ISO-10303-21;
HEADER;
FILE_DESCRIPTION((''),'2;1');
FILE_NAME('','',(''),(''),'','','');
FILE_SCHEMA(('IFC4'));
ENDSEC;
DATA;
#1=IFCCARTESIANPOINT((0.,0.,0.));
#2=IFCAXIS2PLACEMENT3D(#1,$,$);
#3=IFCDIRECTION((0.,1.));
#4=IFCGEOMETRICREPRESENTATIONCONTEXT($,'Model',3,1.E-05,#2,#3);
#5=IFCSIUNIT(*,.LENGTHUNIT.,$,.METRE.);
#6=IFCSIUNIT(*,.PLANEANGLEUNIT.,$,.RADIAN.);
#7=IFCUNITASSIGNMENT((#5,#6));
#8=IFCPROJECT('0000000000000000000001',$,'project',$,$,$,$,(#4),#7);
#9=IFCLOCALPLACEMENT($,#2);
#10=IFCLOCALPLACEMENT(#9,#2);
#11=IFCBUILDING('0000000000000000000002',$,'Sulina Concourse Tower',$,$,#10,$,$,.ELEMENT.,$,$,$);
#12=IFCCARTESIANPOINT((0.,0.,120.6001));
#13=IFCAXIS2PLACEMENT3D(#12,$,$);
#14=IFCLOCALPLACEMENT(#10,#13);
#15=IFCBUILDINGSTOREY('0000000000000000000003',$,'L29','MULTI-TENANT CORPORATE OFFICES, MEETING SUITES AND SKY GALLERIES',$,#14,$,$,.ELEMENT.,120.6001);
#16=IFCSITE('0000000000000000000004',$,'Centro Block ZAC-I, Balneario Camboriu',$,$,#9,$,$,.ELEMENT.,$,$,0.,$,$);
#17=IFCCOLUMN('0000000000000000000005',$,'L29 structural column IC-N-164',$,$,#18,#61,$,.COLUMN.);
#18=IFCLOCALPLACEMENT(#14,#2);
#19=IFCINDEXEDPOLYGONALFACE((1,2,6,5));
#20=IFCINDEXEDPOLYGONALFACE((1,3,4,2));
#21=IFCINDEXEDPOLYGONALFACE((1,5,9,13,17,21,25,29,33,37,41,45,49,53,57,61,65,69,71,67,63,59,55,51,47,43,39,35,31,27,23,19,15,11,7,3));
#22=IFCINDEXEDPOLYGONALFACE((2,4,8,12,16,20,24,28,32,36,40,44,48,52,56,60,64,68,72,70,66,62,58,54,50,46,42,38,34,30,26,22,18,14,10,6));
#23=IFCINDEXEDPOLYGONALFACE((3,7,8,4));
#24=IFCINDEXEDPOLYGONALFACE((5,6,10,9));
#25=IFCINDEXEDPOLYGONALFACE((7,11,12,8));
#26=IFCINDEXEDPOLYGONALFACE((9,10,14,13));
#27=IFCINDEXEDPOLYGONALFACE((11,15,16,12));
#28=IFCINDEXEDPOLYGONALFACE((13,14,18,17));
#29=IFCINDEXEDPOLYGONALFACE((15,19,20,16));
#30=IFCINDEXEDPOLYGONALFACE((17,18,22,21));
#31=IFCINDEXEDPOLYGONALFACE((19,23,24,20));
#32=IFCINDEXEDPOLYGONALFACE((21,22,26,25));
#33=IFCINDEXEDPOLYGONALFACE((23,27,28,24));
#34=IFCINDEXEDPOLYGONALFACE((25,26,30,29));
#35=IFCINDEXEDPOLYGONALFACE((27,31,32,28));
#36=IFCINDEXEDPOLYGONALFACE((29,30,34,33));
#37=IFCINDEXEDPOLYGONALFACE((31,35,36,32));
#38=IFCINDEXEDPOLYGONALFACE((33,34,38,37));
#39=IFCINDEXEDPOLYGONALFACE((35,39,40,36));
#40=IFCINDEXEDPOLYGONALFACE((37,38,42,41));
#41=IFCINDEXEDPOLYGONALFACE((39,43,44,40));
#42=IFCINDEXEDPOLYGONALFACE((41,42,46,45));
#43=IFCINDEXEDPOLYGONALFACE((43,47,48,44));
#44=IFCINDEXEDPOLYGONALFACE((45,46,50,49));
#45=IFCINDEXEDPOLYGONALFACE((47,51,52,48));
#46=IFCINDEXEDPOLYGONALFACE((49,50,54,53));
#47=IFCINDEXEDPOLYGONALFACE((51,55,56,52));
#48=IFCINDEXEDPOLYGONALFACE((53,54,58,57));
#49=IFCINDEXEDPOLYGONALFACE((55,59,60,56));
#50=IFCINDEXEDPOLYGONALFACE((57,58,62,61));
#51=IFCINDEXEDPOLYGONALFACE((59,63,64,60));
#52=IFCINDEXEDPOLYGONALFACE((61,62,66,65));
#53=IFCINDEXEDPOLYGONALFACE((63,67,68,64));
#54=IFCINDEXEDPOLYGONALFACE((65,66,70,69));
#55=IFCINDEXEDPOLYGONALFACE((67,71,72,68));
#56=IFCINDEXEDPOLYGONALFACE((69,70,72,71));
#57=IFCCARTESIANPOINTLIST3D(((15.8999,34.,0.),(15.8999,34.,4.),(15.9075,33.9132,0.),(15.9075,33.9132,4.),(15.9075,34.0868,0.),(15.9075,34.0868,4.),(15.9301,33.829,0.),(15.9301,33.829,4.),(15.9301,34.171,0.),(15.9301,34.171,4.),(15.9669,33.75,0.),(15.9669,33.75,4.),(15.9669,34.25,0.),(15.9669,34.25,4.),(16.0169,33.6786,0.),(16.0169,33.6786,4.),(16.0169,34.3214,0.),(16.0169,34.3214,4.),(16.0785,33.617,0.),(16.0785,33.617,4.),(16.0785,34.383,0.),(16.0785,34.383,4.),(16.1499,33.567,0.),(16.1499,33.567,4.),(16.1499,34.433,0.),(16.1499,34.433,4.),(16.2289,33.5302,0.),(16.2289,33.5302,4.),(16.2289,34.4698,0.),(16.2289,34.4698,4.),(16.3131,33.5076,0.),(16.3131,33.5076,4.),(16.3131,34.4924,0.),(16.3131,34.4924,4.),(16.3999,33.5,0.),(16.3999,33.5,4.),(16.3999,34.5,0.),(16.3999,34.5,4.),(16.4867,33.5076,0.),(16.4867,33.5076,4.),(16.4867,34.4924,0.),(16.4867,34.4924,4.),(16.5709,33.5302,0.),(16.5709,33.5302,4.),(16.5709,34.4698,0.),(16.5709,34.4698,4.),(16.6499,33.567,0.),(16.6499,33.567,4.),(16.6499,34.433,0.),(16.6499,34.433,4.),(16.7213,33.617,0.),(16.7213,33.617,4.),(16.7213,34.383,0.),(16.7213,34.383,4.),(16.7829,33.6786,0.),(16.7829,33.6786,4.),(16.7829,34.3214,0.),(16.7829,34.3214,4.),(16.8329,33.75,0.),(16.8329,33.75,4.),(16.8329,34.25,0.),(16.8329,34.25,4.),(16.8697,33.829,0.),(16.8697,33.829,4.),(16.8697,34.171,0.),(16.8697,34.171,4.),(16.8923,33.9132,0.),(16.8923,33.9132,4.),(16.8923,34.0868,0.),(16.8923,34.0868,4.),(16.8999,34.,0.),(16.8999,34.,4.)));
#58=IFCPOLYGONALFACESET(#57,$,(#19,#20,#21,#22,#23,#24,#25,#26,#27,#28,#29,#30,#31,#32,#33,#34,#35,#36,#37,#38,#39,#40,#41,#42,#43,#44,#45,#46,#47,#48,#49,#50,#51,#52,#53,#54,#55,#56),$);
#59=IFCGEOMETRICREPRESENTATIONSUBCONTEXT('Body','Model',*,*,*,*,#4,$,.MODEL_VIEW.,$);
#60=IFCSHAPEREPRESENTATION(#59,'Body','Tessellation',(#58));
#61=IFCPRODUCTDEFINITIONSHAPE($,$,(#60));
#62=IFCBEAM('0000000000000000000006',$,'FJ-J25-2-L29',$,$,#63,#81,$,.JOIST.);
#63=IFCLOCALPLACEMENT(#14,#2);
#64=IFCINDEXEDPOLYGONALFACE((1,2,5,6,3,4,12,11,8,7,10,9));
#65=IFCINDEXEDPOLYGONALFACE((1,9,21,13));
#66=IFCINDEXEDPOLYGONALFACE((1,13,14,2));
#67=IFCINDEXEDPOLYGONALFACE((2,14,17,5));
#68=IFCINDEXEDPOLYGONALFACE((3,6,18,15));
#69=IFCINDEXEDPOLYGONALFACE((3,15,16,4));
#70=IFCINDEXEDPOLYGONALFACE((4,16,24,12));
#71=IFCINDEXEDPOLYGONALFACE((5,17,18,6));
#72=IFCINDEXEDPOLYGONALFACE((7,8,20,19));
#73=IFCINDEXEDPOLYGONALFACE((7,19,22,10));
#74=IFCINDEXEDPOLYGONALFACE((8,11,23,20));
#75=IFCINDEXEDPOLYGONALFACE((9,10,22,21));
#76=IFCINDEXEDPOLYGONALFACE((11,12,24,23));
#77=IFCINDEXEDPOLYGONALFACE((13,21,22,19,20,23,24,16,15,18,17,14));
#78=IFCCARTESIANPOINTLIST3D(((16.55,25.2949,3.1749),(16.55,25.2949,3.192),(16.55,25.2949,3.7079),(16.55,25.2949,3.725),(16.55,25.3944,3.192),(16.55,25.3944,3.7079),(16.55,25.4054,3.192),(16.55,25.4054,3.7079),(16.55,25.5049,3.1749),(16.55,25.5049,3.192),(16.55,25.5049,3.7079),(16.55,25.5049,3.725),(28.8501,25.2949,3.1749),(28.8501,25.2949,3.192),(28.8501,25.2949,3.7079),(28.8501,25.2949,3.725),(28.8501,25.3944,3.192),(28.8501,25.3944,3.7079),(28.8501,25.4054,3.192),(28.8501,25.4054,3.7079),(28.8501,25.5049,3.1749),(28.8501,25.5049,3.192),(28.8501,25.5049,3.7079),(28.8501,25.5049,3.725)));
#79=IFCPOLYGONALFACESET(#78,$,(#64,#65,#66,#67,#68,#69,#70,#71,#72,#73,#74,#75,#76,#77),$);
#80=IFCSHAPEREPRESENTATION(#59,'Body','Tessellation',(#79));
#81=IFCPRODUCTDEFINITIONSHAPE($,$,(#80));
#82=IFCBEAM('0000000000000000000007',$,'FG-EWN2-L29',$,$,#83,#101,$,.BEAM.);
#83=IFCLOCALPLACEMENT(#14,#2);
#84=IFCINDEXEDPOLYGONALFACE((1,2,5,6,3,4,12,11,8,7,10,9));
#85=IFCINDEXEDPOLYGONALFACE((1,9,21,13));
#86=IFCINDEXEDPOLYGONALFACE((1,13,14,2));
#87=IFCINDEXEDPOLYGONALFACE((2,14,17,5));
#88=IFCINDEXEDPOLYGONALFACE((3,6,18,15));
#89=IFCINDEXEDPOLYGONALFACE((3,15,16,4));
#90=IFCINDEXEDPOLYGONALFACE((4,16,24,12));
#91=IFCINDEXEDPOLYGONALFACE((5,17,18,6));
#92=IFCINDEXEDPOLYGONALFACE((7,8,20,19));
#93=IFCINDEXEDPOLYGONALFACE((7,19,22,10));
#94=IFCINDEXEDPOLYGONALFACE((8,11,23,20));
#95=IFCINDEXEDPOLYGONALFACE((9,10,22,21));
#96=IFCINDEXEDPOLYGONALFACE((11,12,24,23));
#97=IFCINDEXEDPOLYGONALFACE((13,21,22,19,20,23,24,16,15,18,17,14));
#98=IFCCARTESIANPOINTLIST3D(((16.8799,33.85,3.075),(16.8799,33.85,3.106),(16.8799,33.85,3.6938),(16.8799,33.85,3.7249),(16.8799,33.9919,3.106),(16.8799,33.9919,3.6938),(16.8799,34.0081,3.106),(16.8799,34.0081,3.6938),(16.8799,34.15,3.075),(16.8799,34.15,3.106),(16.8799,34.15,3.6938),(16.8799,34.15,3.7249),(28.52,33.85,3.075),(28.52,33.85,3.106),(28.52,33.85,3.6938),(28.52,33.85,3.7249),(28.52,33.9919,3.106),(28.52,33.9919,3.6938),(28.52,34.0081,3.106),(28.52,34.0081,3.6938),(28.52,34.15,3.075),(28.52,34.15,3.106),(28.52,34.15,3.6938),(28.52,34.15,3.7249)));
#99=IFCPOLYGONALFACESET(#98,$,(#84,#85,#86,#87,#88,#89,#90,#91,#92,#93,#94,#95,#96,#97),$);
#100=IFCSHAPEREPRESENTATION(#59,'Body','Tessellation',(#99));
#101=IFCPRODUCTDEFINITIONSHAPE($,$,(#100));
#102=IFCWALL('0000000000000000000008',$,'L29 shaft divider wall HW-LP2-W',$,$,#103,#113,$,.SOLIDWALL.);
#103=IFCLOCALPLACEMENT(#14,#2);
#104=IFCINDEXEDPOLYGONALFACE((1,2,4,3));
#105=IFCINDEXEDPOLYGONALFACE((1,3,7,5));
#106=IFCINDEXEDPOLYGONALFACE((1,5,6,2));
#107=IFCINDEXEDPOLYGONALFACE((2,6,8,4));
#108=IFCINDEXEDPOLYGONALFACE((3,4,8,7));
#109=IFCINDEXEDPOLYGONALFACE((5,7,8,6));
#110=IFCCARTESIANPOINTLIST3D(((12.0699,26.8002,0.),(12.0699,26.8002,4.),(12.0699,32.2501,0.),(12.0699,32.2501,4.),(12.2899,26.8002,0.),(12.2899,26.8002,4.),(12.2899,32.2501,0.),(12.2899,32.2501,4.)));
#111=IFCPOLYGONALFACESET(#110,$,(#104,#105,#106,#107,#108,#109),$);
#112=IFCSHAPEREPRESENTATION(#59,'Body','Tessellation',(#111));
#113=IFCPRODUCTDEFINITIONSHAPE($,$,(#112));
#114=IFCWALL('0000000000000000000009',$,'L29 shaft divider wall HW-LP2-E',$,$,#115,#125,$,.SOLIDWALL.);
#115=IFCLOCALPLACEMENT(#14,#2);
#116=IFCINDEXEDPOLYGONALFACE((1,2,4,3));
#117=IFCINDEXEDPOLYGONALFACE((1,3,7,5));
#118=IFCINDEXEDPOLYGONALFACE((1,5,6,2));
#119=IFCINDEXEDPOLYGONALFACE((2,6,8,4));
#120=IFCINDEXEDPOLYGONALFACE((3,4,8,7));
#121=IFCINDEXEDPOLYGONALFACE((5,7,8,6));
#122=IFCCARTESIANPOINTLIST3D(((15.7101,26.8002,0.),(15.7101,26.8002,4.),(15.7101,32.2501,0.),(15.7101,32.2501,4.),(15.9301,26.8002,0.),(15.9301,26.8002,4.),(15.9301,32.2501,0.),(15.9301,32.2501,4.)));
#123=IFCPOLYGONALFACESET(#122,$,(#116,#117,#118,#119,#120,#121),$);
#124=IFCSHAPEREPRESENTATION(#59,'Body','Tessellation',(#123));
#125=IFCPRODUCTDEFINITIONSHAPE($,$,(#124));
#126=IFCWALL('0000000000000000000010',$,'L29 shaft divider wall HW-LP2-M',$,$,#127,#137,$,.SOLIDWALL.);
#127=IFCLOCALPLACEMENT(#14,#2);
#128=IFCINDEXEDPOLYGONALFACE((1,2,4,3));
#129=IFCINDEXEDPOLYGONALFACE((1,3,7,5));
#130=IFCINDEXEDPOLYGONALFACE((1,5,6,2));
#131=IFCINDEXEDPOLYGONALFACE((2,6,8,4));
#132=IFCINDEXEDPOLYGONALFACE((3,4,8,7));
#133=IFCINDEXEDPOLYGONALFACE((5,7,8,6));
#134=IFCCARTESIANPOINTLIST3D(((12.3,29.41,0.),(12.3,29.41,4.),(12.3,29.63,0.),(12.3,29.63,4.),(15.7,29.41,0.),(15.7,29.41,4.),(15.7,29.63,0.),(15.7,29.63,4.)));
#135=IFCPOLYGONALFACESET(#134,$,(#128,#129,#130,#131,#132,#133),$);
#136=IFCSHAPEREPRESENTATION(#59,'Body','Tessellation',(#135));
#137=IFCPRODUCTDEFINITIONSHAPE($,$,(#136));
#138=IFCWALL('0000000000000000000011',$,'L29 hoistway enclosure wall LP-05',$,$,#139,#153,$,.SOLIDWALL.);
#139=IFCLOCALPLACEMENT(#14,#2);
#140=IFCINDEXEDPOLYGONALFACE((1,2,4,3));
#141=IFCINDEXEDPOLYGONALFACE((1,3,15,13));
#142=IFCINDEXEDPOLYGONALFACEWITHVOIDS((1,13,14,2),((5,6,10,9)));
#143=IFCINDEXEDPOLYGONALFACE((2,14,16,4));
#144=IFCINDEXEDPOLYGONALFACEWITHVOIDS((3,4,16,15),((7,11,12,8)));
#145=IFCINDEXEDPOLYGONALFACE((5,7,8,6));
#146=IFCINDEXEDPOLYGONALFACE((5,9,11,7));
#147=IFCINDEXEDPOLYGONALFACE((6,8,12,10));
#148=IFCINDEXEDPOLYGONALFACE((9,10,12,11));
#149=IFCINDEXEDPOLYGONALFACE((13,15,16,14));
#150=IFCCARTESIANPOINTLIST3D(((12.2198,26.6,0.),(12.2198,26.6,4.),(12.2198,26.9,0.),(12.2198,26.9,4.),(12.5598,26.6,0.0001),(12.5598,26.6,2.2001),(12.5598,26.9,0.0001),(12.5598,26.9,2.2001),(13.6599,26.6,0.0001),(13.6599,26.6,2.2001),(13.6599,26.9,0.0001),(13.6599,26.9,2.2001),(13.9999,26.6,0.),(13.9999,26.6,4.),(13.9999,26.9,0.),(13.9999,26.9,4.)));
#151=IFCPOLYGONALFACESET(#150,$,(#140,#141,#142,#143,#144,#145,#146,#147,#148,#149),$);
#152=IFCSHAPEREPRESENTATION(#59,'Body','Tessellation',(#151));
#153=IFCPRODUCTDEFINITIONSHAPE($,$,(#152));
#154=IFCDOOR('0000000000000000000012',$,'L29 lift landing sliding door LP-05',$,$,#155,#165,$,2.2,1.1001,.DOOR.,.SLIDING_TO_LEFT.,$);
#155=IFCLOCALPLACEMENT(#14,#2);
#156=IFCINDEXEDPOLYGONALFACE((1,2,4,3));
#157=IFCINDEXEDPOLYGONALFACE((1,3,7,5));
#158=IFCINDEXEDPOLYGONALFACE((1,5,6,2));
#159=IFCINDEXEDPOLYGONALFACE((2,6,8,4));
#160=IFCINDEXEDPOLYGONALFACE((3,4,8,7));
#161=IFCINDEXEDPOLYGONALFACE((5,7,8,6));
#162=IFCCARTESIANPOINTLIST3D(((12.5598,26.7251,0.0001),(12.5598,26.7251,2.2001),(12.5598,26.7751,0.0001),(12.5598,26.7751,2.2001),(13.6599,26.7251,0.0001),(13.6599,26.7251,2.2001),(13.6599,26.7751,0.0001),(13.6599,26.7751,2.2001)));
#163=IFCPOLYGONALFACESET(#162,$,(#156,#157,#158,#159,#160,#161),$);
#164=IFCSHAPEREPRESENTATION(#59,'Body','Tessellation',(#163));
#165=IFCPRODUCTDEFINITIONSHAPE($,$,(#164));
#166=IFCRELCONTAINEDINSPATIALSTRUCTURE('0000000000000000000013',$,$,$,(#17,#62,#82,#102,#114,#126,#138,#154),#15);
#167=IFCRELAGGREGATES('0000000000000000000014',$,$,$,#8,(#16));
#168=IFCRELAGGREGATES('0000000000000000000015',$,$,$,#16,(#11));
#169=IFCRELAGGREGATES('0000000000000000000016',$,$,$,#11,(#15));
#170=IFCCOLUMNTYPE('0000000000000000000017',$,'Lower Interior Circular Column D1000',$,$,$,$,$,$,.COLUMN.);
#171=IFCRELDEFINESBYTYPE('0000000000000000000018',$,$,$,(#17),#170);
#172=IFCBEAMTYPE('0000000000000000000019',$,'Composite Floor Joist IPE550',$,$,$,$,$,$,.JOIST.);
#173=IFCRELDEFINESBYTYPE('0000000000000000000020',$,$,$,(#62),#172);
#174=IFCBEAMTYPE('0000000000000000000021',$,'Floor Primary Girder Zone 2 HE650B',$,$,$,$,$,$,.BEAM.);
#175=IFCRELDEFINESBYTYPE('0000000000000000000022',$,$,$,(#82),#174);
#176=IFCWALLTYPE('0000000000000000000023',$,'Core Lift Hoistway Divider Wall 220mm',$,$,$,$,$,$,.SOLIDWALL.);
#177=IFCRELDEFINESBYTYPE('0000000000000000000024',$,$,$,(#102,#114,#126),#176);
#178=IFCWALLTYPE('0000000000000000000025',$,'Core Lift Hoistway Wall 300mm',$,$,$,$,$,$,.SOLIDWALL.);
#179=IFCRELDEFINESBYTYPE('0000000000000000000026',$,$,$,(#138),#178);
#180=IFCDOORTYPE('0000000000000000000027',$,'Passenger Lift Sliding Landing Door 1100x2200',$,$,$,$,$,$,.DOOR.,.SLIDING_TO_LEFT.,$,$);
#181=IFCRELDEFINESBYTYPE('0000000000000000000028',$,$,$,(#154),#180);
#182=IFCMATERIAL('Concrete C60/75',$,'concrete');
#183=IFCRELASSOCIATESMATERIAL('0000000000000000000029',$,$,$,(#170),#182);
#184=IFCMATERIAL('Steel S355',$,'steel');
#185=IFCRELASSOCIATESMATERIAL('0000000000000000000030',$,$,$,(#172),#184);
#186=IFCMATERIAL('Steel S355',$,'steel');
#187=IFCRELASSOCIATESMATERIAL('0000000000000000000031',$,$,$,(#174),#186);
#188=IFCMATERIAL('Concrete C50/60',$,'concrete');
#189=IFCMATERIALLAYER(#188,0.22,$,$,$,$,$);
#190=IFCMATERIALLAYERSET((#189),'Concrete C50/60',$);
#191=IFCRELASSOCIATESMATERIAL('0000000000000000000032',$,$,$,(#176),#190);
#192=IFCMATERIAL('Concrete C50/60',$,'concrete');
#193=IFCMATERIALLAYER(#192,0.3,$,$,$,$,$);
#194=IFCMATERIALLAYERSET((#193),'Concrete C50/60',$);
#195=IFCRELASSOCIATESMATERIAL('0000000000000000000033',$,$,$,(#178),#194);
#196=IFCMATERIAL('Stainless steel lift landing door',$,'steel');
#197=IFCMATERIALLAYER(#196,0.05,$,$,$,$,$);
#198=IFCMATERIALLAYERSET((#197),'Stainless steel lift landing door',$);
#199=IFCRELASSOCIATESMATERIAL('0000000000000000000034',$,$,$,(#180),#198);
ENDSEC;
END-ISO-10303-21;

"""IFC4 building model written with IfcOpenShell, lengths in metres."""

from ifc_helpers import new_model, si_unit, direction, frame, frame_2d, origin, origin_2d, place, context, subcontext, project, spatial, rectangle, circle, i_section, extrude, material, layer, layer_set, material_profile, profile_set, type_object, element, fill, save


model = new_model("IFC4")

# Units and contexts
model_context = context("Model", 3, precision=1e-05, world=origin(), true_north=direction((0.0, 1.0)))
body_context = subcontext(model_context, "Body", "Model", "MODEL_VIEW")
ifc_project = project(units=[si_unit("LENGTHUNIT", "METRE"), si_unit("PLANEANGLEUNIT", "RADIAN")], contexts=[model_context])

# Site, building, storey
site_placement = place(None, origin())
site = spatial("IfcSite", under=ifc_project, at=site_placement, Name="Centro Block ZAC-I, Balneario Camboriu", CompositionType="ELEMENT", RefElevation=0.0)
building_placement = place(site_placement, origin())
building = spatial("IfcBuilding", under=site, at=building_placement, Name="Sulina Concourse Tower", CompositionType="ELEMENT")
storey_placement = place(building_placement, frame((0.0, 0.0, 120.6001)))
storey = spatial("IfcBuildingStorey", under=building, at=storey_placement, Name="L29", Description="MULTI-TENANT CORPORATE OFFICES, MEETING SUITES AND SKY GALLERIES", CompositionType="ELEMENT", Elevation=120.6001)

# Column
ifc_material_1 = material(Name="Concrete C60/75", Category="concrete")
ifc_material_profile_1 = material_profile(ifc_material_1, circle(Radius=0.5, at=origin_2d()), Name="RC D1000")
ifc_profile_set_1 = profile_set([ifc_material_profile_1], Name="Concrete C60/75")
column_type = type_object("IfcColumnType", Name="Lower Interior Circular Column D1000", PredefinedType="COLUMN", material=ifc_profile_set_1)
column_placement = place(storey_placement, frame((16.3999, 34.0, 0.0), z_axis=(0.0, 0.0, 1.0), x_axis=(1.0, 0.0, 0.0)))
element("IfcColumn", 1, at=column_placement, inside=storey, type_object=column_type, Name="L29 structural column IC-N-164", PredefinedType="COLUMN", context=body_context, shape_type="SweptSolid", body=[
    extrude(circle(Radius=0.5, at=origin_2d()), origin(), (0.0, 0.0, 1.0), 4.0),
])

# Beams
ifc_material_2 = material(Name="Steel S355", Category="steel")
ifc_material_profile_2 = material_profile(ifc_material_2, i_section(OverallWidth=0.21, OverallDepth=0.55, WebThickness=0.011, FlangeThickness=0.0171, at=origin_2d()), Name="IPE 550")
ifc_profile_set_2 = profile_set([ifc_material_profile_2], Name="Steel S355")
beam_type_1 = type_object("IfcBeamType", Name="Composite Floor Joist IPE550", PredefinedType="JOIST", material=ifc_profile_set_2)
beam_1_placement = place(storey_placement, frame((16.55, 25.3999, 3.45), z_axis=(1.0, 0.0, 0.0), x_axis=(0.0, 1.0, 0.0)))
element("IfcBeam", 2, at=beam_1_placement, inside=storey, type_object=beam_type_1, Name="FJ-J25-2-L29", PredefinedType="JOIST", context=body_context, shape_type="SweptSolid", body=[
    extrude(i_section(OverallWidth=0.21, OverallDepth=0.55, WebThickness=0.011, FlangeThickness=0.0171, at=origin_2d()), origin(), (0.0, 0.0, 1.0), 12.3),
])
ifc_material_3 = material(Name="Steel S355", Category="steel")
ifc_material_profile_3 = material_profile(ifc_material_3, i_section(OverallWidth=0.3, OverallDepth=0.6499, WebThickness=0.0161, FlangeThickness=0.031, at=origin_2d()), Name="HE 650 B")
ifc_profile_set_3 = profile_set([ifc_material_profile_3], Name="Steel S355")
beam_type_2 = type_object("IfcBeamType", Name="Floor Primary Girder Zone 2 HE650B", PredefinedType="BEAM", material=ifc_profile_set_3)
beam_2_placement = place(storey_placement, frame((16.8799, 34.0, 3.3999), z_axis=(1.0, 0.0, 0.0), x_axis=(0.0, 1.0, 0.0)))
element("IfcBeam", 3, at=beam_2_placement, inside=storey, type_object=beam_type_2, Name="FG-EWN2-L29", PredefinedType="BEAM", context=body_context, shape_type="SweptSolid", body=[
    extrude(i_section(OverallWidth=0.3, OverallDepth=0.6499, WebThickness=0.0161, FlangeThickness=0.031, at=origin_2d()), origin(), (0.0, 0.0, 1.0), 11.6401),
])

# Walls
ifc_material_4 = material(Name="Concrete C50/60", Category="concrete")
ifc_layer_1 = layer(ifc_material_4, 0.22)
ifc_layer_set_1 = layer_set([ifc_layer_1], Name="Concrete C50/60")
wall_type_1 = type_object("IfcWallType", Name="Core Lift Hoistway Divider Wall 220mm", PredefinedType="SOLIDWALL", material=ifc_layer_set_1)
for number, where, z_axis, x_axis, name in (
    (4, (12.1799, 26.8, 0.0), (0.0, 0.0, 1.0), (0.0, 1.0, 0.0), "L29 shaft divider wall HW-LP2-W"),
    (5, (15.8201, 26.8, 0.0), (0.0, 0.0, 1.0), (0.0, 1.0, 0.0), "L29 shaft divider wall HW-LP2-E"),
):
    element("IfcWall", number, at=place(storey_placement, frame(where, z_axis=z_axis, x_axis=x_axis)), inside=storey, type_object=wall_type_1, Name=name, PredefinedType="SOLIDWALL", context=body_context, shape_type="SweptSolid", body=[
        extrude(rectangle(XDim=5.45, YDim=0.22, at=frame_2d((2.7251, 0.0))), origin(), (0.0, 0.0, 1.0), 4.0),
    ])
wall_1_placement = place(storey_placement, frame((12.3, 29.52, 0.0), z_axis=(0.0, 0.0, 1.0), x_axis=(1.0, 0.0, 0.0)))
element("IfcWall", 6, at=wall_1_placement, inside=storey, type_object=wall_type_1, Name="L29 shaft divider wall HW-LP2-M", PredefinedType="SOLIDWALL", context=body_context, shape_type="SweptSolid", body=[
    extrude(rectangle(XDim=3.3999, YDim=0.22, at=frame_2d((1.7, 0.0))), origin(), (0.0, 0.0, 1.0), 4.0),
])

# Wall, opening, door
ifc_material_5 = material(Name="Concrete C50/60", Category="concrete")
ifc_layer_2 = layer(ifc_material_5, 0.3)
ifc_layer_set_2 = layer_set([ifc_layer_2], Name="Concrete C50/60")
wall_type_2 = type_object("IfcWallType", Name="Core Lift Hoistway Wall 300mm", PredefinedType="SOLIDWALL", material=ifc_layer_set_2)
wall_2_placement = place(storey_placement, frame((14.0, 26.75, 0.0), z_axis=(0.0, 0.0, 1.0), x_axis=(-1.0, 0.0, 0.0)))
wall_2 = element("IfcWall", 7, at=wall_2_placement, inside=storey, type_object=wall_type_2, Name="L29 hoistway enclosure wall LP-05", PredefinedType="SOLIDWALL", context=body_context, shape_type="SweptSolid", body=[
    extrude(rectangle(XDim=1.78, YDim=0.3, at=frame_2d((0.8901, 0.0))), origin(), (0.0, 0.0, 1.0), 4.0),
])
opening_1_placement = place(wall_2_placement, frame((0.3401, 0.0, 0.0)))
opening_1 = element("IfcOpeningElement", 8, at=opening_1_placement, cuts=wall_2, PredefinedType="OPENING", context=body_context, shape_type="SweptSolid", body=[
    extrude(rectangle(XDim=1.1001, YDim=2.2, at=frame_2d((0.55, 1.1001))), frame((0.0, 0.1599, 0.0), z_axis=(0.0, -1.0, 0.0), x_axis=(1.0, 0.0, 0.0)), (0.0, 0.0, 1.0), 0.3201),
])
ifc_material_6 = material(Name="Stainless steel lift landing door", Category="steel")
ifc_layer_3 = layer(ifc_material_6, 0.05)
ifc_layer_set_3 = layer_set([ifc_layer_3], Name="Stainless steel lift landing door")
door_type_1 = type_object("IfcDoorType", Name="Passenger Lift Sliding Landing Door 1100x2200", OperationType="SLIDING_TO_LEFT", PredefinedType="DOOR", material=ifc_layer_set_3)
door_1_placement = place(opening_1_placement, origin())
door_1 = element("IfcDoor", 9, at=door_1_placement, inside=storey, type_object=door_type_1, Name="L29 lift landing sliding door LP-05", OperationType="SLIDING_TO_LEFT", OverallHeight=2.2, OverallWidth=1.1001, PredefinedType="DOOR", context=body_context, shape_type="SweptSolid", body=[
    extrude(rectangle(XDim=1.1001, YDim=2.2, at=frame_2d((0.55, 1.1001))), frame((0.0, 0.0249, 0.0), z_axis=(0.0, -1.0, 0.0), x_axis=(1.0, 0.0, 0.0)), (0.0, 0.0, 1.0), 0.05),
])
fill(opening_1, door_1)

save(model, "model.ifc")
